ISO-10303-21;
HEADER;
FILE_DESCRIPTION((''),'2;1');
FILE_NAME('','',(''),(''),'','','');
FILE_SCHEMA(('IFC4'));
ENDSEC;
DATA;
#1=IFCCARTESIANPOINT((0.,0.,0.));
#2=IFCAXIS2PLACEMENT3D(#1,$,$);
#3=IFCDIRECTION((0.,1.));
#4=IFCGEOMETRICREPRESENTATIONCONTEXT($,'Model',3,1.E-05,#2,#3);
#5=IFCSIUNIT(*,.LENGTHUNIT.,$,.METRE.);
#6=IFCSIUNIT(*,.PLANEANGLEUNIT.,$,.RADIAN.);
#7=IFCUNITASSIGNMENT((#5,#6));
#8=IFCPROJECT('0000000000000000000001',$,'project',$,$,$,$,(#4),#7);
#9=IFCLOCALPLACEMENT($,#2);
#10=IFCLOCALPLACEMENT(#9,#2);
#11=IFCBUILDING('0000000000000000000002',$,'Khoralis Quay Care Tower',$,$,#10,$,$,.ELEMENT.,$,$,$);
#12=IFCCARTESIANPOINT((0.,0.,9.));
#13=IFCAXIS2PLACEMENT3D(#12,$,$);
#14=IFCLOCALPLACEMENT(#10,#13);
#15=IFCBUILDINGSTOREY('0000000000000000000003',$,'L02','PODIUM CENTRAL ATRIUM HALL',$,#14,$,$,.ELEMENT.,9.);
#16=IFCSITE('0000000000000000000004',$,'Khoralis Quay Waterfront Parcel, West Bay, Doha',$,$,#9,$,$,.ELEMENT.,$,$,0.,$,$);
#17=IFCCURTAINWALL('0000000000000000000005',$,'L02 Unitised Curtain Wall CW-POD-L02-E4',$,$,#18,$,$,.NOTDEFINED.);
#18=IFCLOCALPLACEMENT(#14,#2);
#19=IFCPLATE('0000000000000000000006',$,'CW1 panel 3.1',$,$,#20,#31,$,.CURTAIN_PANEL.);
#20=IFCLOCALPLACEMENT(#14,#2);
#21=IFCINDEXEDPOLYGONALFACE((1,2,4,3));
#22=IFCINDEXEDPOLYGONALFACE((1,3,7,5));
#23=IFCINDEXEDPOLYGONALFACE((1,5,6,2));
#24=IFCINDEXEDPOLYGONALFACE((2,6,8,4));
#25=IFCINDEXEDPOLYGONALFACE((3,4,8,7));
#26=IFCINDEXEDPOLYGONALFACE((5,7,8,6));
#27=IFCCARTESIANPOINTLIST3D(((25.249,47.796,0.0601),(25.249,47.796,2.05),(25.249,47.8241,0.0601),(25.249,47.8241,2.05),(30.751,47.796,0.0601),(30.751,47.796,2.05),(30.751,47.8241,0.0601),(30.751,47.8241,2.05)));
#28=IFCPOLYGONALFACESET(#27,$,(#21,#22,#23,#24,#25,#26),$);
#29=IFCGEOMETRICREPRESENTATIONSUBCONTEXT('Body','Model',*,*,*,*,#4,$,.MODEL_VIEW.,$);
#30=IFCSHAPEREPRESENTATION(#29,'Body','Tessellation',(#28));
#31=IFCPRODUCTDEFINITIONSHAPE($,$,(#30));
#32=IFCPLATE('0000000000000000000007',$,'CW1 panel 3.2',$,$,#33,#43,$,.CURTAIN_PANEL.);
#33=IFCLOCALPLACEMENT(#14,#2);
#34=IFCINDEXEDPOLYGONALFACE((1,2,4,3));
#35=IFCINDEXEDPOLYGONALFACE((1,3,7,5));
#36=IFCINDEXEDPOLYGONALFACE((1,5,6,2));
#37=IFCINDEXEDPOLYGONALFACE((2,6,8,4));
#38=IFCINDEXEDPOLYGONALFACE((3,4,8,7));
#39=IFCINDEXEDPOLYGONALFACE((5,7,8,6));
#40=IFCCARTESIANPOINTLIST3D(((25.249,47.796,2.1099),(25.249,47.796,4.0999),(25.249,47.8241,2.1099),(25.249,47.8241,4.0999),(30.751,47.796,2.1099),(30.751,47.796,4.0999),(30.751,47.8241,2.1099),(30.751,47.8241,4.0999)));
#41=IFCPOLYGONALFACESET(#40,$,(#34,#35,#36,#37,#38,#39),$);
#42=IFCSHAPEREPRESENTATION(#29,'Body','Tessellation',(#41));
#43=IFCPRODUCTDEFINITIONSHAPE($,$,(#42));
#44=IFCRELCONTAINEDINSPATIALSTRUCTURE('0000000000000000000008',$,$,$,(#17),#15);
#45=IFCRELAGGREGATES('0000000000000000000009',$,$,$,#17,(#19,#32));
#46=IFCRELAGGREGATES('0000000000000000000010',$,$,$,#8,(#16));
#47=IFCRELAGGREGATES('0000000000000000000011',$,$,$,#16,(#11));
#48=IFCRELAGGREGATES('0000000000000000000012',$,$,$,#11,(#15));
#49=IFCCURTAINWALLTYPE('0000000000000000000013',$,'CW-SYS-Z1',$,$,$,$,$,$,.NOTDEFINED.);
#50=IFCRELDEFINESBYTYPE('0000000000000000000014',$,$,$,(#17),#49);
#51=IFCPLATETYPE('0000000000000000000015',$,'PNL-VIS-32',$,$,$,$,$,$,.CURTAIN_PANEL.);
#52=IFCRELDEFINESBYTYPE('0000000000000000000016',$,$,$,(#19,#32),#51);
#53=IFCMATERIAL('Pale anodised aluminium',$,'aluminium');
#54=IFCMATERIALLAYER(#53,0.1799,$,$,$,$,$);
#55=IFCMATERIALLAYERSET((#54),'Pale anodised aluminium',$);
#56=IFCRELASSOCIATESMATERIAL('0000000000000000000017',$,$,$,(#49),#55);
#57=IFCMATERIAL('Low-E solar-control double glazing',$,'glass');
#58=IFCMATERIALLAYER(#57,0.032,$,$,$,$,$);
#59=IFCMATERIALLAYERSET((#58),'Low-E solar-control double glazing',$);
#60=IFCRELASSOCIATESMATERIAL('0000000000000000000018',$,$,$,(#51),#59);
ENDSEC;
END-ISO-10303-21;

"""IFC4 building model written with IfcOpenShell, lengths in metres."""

from ifc_helpers import new_model, si_unit, direction, frame, origin, origin_2d, place, context, subcontext, project, spatial, rectangle, extrude, source, transform, mapped, material, layer, layer_set, type_object, element, aggregate, save


model = new_model("IFC4")

# Units and contexts
model_context = context("Model", 3, precision=1e-05, world=origin(), true_north=direction((0.0, 1.0)))
body_context = subcontext(model_context, "Body", "Model", "MODEL_VIEW")
ifc_project = project(units=[si_unit("LENGTHUNIT", "METRE"), si_unit("PLANEANGLEUNIT", "RADIAN")], contexts=[model_context])

# Site, building, storey
site_placement = place(None, origin())
site = spatial("IfcSite", under=ifc_project, at=site_placement, Name="Khoralis Quay Waterfront Parcel, West Bay, Doha", CompositionType="ELEMENT", RefElevation=0.0)
building_placement = place(site_placement, origin())
building = spatial("IfcBuilding", under=site, at=building_placement, Name="Khoralis Quay Care Tower", CompositionType="ELEMENT")
storey_placement = place(building_placement, frame((0.0, 0.0, 9.0)))
storey = spatial("IfcBuildingStorey", under=building, at=storey_placement, Name="L02", Description="PODIUM CENTRAL ATRIUM HALL", CompositionType="ELEMENT", Elevation=9.0)

# Curtain wall, plates
ifc_material_1 = material(Name="Pale anodised aluminium", Category="aluminium")
ifc_layer_1 = layer(ifc_material_1, 0.1799)
ifc_layer_set_1 = layer_set([ifc_layer_1], Name="Pale anodised aluminium")
curtain_wall_type = type_object("IfcCurtainWallType", Name="CW-SYS-Z1", PredefinedType="NOTDEFINED", material=ifc_layer_set_1)
curtain_wall_placement = place(storey_placement, origin())
curtain_wall = element("IfcCurtainWall", 1, at=curtain_wall_placement, inside=storey, type_object=curtain_wall_type, Name="L02 Unitised Curtain Wall CW-POD-L02-E4", PredefinedType="NOTDEFINED")
ifc_material_2 = material(Name="Low-E solar-control double glazing", Category="glass")
ifc_layer_2 = layer(ifc_material_2, 0.032)
ifc_layer_set_2 = layer_set([ifc_layer_2], Name="Low-E solar-control double glazing")
plate_type = type_object("IfcPlateType", Name="PNL-VIS-32", PredefinedType="CURTAIN_PANEL", material=ifc_layer_set_2)
shared_shape_1 = source(origin(), body_context, "Body", "SweptSolid", [
    extrude(rectangle(XDim=5.502, YDim=0.0281, at=origin_2d()), origin(), (0.0, 0.0, 1.0), 1.99),
])
plate_1_placement = place(storey_placement, frame((28.0, 47.8101, 0.0601), z_axis=(0.0, 0.0, 1.0), x_axis=(-1.0, 0.0, 0.0)))
plate_1 = element("IfcPlate", 2, at=plate_1_placement, type_object=plate_type, Name="CW1 panel 3.1", PredefinedType="CURTAIN_PANEL", context=body_context, shape_type="MappedRepresentation", body=[
    mapped(shared_shape_1, transform((0.0, 0.0, 0.0), scale=1.0)),
])
plate_2_placement = place(storey_placement, frame((28.0, 47.8101, 2.1099), z_axis=(0.0, 0.0, 1.0), x_axis=(-1.0, 0.0, 0.0)))
plate_2 = element("IfcPlate", 3, at=plate_2_placement, type_object=plate_type, Name="CW1 panel 3.2", PredefinedType="CURTAIN_PANEL", context=body_context, shape_type="MappedRepresentation", body=[
    mapped(shared_shape_1, transform((0.0, 0.0, 0.0), scale=1.0)),
])
aggregate(curtain_wall, [plate_1, plate_2])

save(model, "model.ifc")
